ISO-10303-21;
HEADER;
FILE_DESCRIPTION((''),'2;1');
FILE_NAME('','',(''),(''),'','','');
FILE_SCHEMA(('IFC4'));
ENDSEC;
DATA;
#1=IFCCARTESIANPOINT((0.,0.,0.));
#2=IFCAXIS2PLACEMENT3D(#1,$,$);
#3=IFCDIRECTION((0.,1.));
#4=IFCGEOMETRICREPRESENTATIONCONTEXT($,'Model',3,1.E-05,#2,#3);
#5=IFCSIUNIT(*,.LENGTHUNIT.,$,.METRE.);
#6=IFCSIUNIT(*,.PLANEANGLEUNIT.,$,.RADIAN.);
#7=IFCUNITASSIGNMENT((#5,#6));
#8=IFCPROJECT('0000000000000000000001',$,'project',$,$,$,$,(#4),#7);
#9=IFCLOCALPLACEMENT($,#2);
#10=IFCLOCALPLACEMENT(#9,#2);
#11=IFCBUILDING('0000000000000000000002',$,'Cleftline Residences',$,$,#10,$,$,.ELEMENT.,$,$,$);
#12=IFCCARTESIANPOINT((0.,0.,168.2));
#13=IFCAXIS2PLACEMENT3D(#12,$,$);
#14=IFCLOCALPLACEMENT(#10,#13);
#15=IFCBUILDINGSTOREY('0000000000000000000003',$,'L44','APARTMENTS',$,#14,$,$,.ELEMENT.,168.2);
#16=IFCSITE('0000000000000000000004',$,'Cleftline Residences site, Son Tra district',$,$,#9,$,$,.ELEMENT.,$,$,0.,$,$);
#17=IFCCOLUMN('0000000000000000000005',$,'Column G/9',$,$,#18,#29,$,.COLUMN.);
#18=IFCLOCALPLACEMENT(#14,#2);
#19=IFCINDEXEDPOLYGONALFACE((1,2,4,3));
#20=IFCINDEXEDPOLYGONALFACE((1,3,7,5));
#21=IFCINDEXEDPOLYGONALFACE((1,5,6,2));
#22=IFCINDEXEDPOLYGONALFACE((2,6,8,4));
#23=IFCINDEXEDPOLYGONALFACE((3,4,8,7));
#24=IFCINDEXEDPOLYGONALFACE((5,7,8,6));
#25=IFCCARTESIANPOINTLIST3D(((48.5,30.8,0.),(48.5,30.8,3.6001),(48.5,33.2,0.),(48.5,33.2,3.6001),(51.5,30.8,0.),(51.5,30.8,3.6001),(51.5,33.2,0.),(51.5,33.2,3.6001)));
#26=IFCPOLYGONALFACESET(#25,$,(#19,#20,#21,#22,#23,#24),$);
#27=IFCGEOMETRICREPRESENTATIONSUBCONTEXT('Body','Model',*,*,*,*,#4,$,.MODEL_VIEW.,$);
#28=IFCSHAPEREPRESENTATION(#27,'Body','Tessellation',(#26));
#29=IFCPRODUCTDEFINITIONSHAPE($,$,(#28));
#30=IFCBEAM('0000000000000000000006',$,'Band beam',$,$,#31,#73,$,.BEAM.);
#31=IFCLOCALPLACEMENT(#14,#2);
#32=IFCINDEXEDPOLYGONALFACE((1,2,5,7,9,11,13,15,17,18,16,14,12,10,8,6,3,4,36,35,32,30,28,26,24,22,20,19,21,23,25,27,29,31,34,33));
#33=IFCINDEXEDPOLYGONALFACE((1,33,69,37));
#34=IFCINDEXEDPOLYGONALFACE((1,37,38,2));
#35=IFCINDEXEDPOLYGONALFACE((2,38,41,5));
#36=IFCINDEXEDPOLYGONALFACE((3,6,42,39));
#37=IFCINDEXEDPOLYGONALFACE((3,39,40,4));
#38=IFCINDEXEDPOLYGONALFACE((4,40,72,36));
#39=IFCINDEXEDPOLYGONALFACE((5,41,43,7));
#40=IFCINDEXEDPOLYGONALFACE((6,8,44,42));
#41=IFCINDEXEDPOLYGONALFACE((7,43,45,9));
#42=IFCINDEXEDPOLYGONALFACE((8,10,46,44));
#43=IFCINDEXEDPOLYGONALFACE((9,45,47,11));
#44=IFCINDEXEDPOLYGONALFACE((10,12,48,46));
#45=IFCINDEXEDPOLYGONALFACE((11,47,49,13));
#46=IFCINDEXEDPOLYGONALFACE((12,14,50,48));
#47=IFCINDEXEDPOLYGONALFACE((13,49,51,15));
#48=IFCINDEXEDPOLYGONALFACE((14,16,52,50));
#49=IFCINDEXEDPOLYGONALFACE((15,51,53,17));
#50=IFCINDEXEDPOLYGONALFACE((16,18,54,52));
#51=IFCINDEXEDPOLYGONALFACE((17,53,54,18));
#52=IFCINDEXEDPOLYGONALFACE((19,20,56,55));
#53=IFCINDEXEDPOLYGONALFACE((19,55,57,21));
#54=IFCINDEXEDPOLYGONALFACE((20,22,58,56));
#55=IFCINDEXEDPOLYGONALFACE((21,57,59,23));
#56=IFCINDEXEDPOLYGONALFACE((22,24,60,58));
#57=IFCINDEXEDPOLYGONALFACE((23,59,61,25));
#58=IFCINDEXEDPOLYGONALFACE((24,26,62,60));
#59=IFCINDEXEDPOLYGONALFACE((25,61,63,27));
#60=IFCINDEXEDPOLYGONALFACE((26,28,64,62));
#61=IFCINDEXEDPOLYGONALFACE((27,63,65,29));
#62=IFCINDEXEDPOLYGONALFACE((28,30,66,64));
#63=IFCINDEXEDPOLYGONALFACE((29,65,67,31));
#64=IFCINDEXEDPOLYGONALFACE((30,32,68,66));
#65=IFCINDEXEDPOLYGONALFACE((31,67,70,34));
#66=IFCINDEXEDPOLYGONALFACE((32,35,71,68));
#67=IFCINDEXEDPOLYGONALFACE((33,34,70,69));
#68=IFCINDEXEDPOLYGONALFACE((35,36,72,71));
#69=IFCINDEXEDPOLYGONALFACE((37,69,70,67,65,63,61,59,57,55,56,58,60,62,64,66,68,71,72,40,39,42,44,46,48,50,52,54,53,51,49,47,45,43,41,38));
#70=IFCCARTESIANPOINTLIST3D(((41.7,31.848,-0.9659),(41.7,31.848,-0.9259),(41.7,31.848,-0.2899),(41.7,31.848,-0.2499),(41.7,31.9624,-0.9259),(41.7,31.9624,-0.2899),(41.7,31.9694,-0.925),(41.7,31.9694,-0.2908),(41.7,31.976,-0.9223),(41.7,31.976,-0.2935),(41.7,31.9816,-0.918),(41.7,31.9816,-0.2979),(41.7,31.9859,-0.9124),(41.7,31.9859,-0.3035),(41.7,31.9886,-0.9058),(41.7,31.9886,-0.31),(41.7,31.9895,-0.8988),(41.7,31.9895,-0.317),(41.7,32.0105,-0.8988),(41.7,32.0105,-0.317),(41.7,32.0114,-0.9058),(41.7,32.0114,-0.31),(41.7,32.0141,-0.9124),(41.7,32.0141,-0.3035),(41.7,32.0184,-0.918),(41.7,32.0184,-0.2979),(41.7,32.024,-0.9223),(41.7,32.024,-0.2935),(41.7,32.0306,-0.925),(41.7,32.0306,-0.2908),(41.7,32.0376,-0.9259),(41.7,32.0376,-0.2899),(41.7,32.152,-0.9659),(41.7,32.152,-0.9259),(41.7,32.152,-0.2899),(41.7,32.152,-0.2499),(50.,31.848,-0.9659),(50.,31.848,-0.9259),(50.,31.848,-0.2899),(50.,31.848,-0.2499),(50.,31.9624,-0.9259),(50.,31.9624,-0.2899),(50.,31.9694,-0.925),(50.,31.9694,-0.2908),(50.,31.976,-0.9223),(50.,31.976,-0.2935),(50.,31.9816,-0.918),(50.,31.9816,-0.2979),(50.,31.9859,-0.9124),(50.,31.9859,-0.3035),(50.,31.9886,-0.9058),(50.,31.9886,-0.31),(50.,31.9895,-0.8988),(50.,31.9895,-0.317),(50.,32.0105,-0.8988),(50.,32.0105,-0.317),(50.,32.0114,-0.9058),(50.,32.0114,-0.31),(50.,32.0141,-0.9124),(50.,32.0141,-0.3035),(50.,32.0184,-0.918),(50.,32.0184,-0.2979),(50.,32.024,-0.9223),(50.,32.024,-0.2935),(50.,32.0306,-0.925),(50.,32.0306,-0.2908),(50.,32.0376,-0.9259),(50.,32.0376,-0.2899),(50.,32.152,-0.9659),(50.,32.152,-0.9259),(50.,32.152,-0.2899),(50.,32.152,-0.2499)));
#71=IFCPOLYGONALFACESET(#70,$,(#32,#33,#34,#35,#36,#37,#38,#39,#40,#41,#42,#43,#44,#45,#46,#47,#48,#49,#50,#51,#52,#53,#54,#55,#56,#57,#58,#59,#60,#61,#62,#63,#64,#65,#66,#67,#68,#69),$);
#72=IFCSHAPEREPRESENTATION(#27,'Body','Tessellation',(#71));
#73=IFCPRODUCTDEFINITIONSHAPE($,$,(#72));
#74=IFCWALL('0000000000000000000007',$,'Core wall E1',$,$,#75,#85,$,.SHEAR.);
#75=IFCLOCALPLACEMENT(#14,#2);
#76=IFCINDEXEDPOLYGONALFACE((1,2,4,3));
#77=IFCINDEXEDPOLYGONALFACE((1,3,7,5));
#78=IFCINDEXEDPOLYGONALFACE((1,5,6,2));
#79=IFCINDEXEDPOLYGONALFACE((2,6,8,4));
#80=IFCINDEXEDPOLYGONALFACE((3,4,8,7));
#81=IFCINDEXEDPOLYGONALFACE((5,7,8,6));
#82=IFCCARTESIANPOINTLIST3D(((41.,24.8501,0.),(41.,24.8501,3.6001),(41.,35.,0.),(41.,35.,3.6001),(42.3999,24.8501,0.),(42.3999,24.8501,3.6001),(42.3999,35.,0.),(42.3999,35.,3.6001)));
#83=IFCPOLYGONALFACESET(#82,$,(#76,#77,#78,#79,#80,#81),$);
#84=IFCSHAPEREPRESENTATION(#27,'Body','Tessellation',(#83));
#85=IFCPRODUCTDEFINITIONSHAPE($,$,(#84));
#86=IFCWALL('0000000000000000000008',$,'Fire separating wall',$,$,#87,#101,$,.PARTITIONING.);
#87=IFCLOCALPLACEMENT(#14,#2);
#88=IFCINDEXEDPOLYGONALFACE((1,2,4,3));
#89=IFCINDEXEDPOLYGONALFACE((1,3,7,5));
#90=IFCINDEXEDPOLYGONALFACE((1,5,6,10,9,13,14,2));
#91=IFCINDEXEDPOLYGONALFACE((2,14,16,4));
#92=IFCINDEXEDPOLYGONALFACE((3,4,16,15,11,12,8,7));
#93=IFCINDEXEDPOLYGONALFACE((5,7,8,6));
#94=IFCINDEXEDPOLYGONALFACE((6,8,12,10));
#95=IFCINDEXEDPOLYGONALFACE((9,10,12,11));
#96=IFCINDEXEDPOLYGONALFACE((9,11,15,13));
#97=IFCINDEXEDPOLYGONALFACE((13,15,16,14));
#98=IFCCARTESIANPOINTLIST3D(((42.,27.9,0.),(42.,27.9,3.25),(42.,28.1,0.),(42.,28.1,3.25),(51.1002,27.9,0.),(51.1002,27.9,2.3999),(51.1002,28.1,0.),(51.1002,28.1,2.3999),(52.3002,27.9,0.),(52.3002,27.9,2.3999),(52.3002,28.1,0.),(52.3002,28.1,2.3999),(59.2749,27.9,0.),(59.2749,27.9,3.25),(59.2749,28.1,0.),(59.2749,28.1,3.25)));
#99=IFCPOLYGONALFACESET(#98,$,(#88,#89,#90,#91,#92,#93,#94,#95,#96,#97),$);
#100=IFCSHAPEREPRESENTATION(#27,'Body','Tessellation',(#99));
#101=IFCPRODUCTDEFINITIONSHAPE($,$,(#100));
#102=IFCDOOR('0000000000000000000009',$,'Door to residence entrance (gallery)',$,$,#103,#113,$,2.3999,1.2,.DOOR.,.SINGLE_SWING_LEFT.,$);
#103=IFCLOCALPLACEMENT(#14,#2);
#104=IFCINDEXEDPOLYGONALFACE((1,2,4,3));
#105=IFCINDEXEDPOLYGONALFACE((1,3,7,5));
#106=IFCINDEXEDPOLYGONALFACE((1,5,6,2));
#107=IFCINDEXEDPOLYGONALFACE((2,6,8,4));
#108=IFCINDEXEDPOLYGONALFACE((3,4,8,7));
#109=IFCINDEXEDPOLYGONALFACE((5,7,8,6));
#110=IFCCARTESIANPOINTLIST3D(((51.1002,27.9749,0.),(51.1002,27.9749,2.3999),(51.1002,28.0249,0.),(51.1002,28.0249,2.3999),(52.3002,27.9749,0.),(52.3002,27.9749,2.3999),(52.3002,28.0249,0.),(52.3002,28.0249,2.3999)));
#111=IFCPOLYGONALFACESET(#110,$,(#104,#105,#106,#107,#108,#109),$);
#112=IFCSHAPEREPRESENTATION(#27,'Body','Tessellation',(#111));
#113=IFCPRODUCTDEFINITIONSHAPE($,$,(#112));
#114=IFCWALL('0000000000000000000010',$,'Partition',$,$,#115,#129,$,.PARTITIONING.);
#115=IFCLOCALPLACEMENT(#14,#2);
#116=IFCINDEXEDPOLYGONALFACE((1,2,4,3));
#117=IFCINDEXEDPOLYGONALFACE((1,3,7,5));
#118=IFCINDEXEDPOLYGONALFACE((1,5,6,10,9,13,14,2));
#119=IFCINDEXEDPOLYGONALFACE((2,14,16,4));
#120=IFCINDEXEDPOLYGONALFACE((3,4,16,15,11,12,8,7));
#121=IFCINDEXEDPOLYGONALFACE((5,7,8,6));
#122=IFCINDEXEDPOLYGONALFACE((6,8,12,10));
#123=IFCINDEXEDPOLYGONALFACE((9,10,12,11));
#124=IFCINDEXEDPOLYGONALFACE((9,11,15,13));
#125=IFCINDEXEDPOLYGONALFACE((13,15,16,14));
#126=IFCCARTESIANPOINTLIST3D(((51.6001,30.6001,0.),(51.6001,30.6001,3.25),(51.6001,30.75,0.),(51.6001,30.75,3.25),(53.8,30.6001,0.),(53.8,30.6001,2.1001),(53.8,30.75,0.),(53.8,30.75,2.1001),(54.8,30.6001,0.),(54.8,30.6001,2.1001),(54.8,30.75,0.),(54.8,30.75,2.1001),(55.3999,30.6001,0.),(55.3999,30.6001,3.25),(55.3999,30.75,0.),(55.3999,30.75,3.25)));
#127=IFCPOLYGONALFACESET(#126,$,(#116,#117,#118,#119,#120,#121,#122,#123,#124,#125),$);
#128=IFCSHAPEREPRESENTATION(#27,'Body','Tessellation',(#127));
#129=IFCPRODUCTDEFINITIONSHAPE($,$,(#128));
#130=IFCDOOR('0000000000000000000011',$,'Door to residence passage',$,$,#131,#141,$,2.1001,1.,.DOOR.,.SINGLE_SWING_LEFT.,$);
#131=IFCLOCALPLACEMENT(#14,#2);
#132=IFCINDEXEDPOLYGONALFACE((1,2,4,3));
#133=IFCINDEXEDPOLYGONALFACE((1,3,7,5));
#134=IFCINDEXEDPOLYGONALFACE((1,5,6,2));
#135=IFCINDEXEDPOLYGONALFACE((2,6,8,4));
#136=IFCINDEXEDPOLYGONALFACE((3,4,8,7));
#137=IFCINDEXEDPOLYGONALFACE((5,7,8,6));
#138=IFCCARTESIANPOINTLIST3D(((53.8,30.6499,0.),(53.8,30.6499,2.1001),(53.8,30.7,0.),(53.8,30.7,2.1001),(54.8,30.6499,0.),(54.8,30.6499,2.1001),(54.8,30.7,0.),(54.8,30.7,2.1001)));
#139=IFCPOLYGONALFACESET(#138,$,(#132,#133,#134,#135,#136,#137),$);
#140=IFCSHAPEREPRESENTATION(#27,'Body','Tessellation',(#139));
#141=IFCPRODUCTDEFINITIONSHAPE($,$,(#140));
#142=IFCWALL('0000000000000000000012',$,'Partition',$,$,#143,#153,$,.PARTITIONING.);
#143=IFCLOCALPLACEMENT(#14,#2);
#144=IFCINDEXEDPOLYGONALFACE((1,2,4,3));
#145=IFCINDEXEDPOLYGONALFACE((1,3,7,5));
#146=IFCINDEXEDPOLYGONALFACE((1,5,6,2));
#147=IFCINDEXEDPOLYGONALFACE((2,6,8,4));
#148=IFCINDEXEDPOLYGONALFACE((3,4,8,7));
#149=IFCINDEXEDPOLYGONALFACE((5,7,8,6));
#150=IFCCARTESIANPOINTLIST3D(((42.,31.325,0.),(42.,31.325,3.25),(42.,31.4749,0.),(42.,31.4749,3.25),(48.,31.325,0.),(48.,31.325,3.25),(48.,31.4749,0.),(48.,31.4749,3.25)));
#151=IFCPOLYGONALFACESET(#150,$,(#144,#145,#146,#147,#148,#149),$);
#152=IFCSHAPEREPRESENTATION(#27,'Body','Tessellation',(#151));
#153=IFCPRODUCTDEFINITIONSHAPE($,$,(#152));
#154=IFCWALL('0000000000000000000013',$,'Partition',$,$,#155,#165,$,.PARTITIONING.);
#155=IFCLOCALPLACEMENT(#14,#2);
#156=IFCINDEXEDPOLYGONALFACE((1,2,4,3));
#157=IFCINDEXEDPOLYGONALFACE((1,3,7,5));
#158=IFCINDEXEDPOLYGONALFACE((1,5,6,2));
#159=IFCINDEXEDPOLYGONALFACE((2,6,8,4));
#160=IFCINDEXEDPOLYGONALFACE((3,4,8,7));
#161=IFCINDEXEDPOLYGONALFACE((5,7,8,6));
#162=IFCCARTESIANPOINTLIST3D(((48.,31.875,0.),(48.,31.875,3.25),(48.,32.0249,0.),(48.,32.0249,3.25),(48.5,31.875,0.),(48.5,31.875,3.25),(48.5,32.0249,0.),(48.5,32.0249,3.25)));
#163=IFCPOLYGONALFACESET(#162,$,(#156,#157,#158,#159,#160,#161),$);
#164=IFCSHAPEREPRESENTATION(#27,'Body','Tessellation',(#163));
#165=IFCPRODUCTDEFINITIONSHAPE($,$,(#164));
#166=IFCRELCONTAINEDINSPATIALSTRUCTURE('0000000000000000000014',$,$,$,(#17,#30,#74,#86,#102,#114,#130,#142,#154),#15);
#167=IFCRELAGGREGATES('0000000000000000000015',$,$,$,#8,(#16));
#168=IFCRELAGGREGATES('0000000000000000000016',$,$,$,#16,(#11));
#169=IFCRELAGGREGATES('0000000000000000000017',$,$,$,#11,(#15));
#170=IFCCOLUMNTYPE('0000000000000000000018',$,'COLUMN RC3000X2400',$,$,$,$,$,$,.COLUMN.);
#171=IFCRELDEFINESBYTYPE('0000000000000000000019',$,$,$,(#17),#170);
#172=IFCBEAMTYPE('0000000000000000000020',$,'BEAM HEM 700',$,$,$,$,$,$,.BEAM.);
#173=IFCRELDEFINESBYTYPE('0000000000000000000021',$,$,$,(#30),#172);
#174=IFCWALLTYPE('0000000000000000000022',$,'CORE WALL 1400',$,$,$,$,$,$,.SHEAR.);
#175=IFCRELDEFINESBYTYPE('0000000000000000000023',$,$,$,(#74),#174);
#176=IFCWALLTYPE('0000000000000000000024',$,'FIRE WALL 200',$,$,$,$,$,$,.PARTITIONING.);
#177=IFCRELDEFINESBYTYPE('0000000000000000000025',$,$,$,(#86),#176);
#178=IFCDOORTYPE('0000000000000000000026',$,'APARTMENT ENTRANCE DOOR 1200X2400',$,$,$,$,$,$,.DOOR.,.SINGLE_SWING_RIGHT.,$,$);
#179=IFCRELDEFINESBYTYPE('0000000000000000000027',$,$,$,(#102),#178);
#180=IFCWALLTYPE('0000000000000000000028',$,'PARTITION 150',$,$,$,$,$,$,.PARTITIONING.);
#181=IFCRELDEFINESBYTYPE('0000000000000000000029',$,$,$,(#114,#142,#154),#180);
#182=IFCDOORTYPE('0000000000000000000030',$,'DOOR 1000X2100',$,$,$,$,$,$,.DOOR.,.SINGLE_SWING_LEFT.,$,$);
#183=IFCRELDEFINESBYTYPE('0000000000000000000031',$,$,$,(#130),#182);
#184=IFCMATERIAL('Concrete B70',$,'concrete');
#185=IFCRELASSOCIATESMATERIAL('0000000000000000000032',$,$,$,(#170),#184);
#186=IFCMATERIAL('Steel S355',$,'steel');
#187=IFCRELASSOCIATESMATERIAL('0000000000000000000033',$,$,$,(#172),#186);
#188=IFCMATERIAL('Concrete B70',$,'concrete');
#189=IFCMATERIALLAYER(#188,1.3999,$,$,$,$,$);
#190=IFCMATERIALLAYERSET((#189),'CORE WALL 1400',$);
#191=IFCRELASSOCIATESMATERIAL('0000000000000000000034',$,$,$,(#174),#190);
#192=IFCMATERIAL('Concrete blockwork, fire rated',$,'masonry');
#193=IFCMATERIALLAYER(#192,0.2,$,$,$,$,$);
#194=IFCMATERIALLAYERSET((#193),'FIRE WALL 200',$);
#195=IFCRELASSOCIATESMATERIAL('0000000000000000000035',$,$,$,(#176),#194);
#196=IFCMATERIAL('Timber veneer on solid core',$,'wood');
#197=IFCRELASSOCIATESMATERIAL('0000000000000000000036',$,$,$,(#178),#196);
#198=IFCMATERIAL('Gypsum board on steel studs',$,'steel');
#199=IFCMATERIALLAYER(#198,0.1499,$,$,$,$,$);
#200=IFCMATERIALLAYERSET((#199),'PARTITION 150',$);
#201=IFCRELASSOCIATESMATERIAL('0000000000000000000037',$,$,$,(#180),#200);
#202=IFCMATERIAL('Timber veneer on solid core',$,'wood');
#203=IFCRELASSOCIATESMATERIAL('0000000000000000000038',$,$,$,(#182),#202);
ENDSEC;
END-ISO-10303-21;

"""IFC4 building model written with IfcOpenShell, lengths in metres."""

from ifc_helpers import new_model, si_unit, direction, frame, frame_2d, origin, origin_2d, place, context, subcontext, project, spatial, rectangle, i_section, extrude, material, layer, layer_set, material_profile, profile_set, type_object, element, fill, save


model = new_model("IFC4")

# Units and contexts
model_context = context("Model", 3, precision=1e-05, world=origin(), true_north=direction((0.0, 1.0)))
body_context = subcontext(model_context, "Body", "Model", "MODEL_VIEW")
ifc_project = project(units=[si_unit("LENGTHUNIT", "METRE"), si_unit("PLANEANGLEUNIT", "RADIAN")], contexts=[model_context])

# Site, building, storey
site_placement = place(None, origin())
site = spatial("IfcSite", under=ifc_project, at=site_placement, Name="Cleftline Residences site, Son Tra district", CompositionType="ELEMENT", RefElevation=0.0)
building_placement = place(site_placement, origin())
building = spatial("IfcBuilding", under=site, at=building_placement, Name="Cleftline Residences", CompositionType="ELEMENT")
storey_placement = place(building_placement, frame((0.0, 0.0, 168.2)))
storey = spatial("IfcBuildingStorey", under=building, at=storey_placement, Name="L44", Description="APARTMENTS", CompositionType="ELEMENT", Elevation=168.2)

# Column
ifc_material_1 = material(Name="Concrete B70", Category="concrete")
ifc_material_profile_1 = material_profile(ifc_material_1, rectangle(XDim=3.0, YDim=2.3999, at=origin_2d()))
ifc_profile_set_1 = profile_set([ifc_material_profile_1], Name="Concrete B70")
column_type = type_object("IfcColumnType", Name="COLUMN RC3000X2400", PredefinedType="COLUMN", material=ifc_profile_set_1)
column_placement = place(storey_placement, frame((50.0, 32.0, 0.0), z_axis=(0.0, 0.0, 1.0), x_axis=(1.0, 0.0, 0.0)))
element("IfcColumn", 1, at=column_placement, inside=storey, type_object=column_type, Name="Column G/9", PredefinedType="COLUMN", context=body_context, shape_type="SweptSolid", body=[
    extrude(rectangle(XDim=3.0, YDim=2.3999, at=origin_2d()), origin(), (0.0, 0.0, 1.0), 3.6001),
])

# Beam
ifc_material_2 = material(Name="Steel S355", Category="steel")
ifc_material_profile_2 = material_profile(ifc_material_2, i_section(OverallWidth=0.304, OverallDepth=0.7161, WebThickness=0.021, FlangeThickness=0.04, FilletRadius=0.0271, at=origin_2d()))
ifc_profile_set_2 = profile_set([ifc_material_profile_2], Name="Steel S355")
beam_type = type_object("IfcBeamType", Name="BEAM HEM 700", PredefinedType="BEAM", material=ifc_profile_set_2)
beam_placement = place(storey_placement, frame((50.0, 32.0, -0.6079), z_axis=(-1.0, 0.0, 0.0), x_axis=(0.0, -1.0, 0.0)))
element("IfcBeam", 2, at=beam_placement, inside=storey, type_object=beam_type, Name="Band beam", PredefinedType="BEAM", context=body_context, shape_type="SweptSolid", body=[
    extrude(i_section(OverallWidth=0.304, OverallDepth=0.7161, WebThickness=0.021, FlangeThickness=0.04, FilletRadius=0.0271, at=origin_2d()), origin(), (0.0, 0.0, 1.0), 8.3),
])

# Wall
ifc_material_3 = material(Name="Concrete B70", Category="concrete")
ifc_layer_1 = layer(ifc_material_3, 1.3999)
ifc_layer_set_1 = layer_set([ifc_layer_1], Name="CORE WALL 1400")
wall_type_1 = type_object("IfcWallType", Name="CORE WALL 1400", PredefinedType="SHEAR", material=ifc_layer_set_1)
wall_1_placement = place(storey_placement, frame((41.7, 24.8501, 0.0), z_axis=(0.0, 0.0, 1.0), x_axis=(0.0, 1.0, 0.0)))
element("IfcWall", 3, at=wall_1_placement, inside=storey, type_object=wall_type_1, Name="Core wall E1", PredefinedType="SHEAR", context=body_context, shape_type="SweptSolid", body=[
    extrude(rectangle(XDim=10.1499, YDim=1.3999, at=frame_2d((5.075, 0.0))), origin(), (0.0, 0.0, 1.0), 3.6001),
])

# Walls, openings, doors
ifc_material_4 = material(Name="Concrete blockwork, fire rated", Category="masonry")
ifc_layer_2 = layer(ifc_material_4, 0.2)
ifc_layer_set_2 = layer_set([ifc_layer_2], Name="FIRE WALL 200")
wall_type_2 = type_object("IfcWallType", Name="FIRE WALL 200", PredefinedType="PARTITIONING", material=ifc_layer_set_2)
wall_2_placement = place(storey_placement, frame((42.0, 28.0, 0.0), z_axis=(0.0, 0.0, 1.0), x_axis=(1.0, 0.0, 0.0)))
wall_2 = element("IfcWall", 4, at=wall_2_placement, inside=storey, type_object=wall_type_2, Name="Fire separating wall", PredefinedType="PARTITIONING", context=body_context, shape_type="SweptSolid", body=[
    extrude(rectangle(XDim=17.2749, YDim=0.2, at=frame_2d((8.6375, 0.0))), origin(), (0.0, 0.0, 1.0), 3.25),
])
opening_1_placement = place(wall_2_placement, frame((9.1001, 0.0, 0.0)))
opening_1 = element("IfcOpeningElement", 5, at=opening_1_placement, cuts=wall_2, PredefinedType="OPENING", context=body_context, shape_type="SweptSolid", body=[
    extrude(rectangle(XDim=1.2, YDim=2.3999, at=frame_2d((0.6001, 1.2))), frame((0.0, 0.1099, 0.0), z_axis=(0.0, -1.0, 0.0), x_axis=(1.0, 0.0, 0.0)), (0.0, 0.0, 1.0), 0.22),
])
ifc_material_5 = material(Name="Timber veneer on solid core", Category="wood")
door_type_1 = type_object("IfcDoorType", Name="APARTMENT ENTRANCE DOOR 1200X2400", OperationType="SINGLE_SWING_RIGHT", PredefinedType="DOOR", material=ifc_material_5)
door_1_placement = place(opening_1_placement, origin())
door_1 = element("IfcDoor", 6, at=door_1_placement, inside=storey, type_object=door_type_1, Name="Door to residence entrance (gallery)", OperationType="SINGLE_SWING_LEFT", OverallHeight=2.3999, OverallWidth=1.2, PredefinedType="DOOR", context=body_context, shape_type="SweptSolid", body=[
    extrude(rectangle(XDim=1.2, YDim=2.3999, at=frame_2d((0.6001, 1.2))), frame((0.0, 0.0249, 0.0), z_axis=(0.0, -1.0, 0.0), x_axis=(1.0, 0.0, 0.0)), (0.0, 0.0, 1.0), 0.05),
])
fill(opening_1, door_1)
ifc_material_6 = material(Name="Gypsum board on steel studs", Category="steel")
ifc_layer_3 = layer(ifc_material_6, 0.1499)
ifc_layer_set_3 = layer_set([ifc_layer_3], Name="PARTITION 150")
wall_type_3 = type_object("IfcWallType", Name="PARTITION 150", PredefinedType="PARTITIONING", material=ifc_layer_set_3)
wall_3_placement = place(storey_placement, frame((51.6001, 30.675, 0.0), z_axis=(0.0, 0.0, 1.0), x_axis=(1.0, 0.0, 0.0)))
wall_3 = element("IfcWall", 7, at=wall_3_placement, inside=storey, type_object=wall_type_3, Name="Partition", PredefinedType="PARTITIONING", context=body_context, shape_type="SweptSolid", body=[
    extrude(rectangle(XDim=3.7998, YDim=0.1499, at=frame_2d((1.8999, 0.0))), origin(), (0.0, 0.0, 1.0), 3.25),
])
opening_2_placement = place(wall_3_placement, frame((2.2, 0.0, 0.0)))
opening_2 = element("IfcOpeningElement", 8, at=opening_2_placement, cuts=wall_3, PredefinedType="OPENING", context=body_context, shape_type="SweptSolid", body=[
    extrude(rectangle(XDim=1.0, YDim=2.1001, at=frame_2d((0.5, 1.05))), frame((0.0, 0.085, 0.0), z_axis=(0.0, -1.0, 0.0), x_axis=(1.0, 0.0, 0.0)), (0.0, 0.0, 1.0), 0.1699),
])
ifc_material_7 = material(Name="Timber veneer on solid core", Category="wood")
door_type_2 = type_object("IfcDoorType", Name="DOOR 1000X2100", OperationType="SINGLE_SWING_LEFT", PredefinedType="DOOR", material=ifc_material_7)
door_2_placement = place(opening_2_placement, origin())
door_2 = element("IfcDoor", 9, at=door_2_placement, inside=storey, type_object=door_type_2, Name="Door to residence passage", OperationType="SINGLE_SWING_LEFT", OverallHeight=2.1001, OverallWidth=1.0, PredefinedType="DOOR", context=body_context, shape_type="SweptSolid", body=[
    extrude(rectangle(XDim=1.0, YDim=2.1001, at=frame_2d((0.5, 1.05))), frame((0.0, 0.0249, 0.0), z_axis=(0.0, -1.0, 0.0), x_axis=(1.0, 0.0, 0.0)), (0.0, 0.0, 1.0), 0.05),
])
fill(opening_2, door_2)

# Walls
wall_4_placement = place(storey_placement, frame((42.0, 31.3999, 0.0), z_axis=(0.0, 0.0, 1.0), x_axis=(1.0, 0.0, 0.0)))
element("IfcWall", 10, at=wall_4_placement, inside=storey, type_object=wall_type_3, Name="Partition", PredefinedType="PARTITIONING", context=body_context, shape_type="SweptSolid", body=[
    extrude(rectangle(XDim=6.0, YDim=0.1499, at=frame_2d((3.0, 0.0))), origin(), (0.0, 0.0, 1.0), 3.25),
])
wall_5_placement = place(storey_placement, frame((48.0, 31.95, 0.0), z_axis=(0.0, 0.0, 1.0), x_axis=(1.0, 0.0, 0.0)))
element("IfcWall", 11, at=wall_5_placement, inside=storey, type_object=wall_type_3, Name="Partition", PredefinedType="PARTITIONING", context=body_context, shape_type="SweptSolid", body=[
    extrude(rectangle(XDim=0.5, YDim=0.1499, at=frame_2d((0.25, 0.0))), origin(), (0.0, 0.0, 1.0), 3.25),
])

save(model, "model.ifc")
